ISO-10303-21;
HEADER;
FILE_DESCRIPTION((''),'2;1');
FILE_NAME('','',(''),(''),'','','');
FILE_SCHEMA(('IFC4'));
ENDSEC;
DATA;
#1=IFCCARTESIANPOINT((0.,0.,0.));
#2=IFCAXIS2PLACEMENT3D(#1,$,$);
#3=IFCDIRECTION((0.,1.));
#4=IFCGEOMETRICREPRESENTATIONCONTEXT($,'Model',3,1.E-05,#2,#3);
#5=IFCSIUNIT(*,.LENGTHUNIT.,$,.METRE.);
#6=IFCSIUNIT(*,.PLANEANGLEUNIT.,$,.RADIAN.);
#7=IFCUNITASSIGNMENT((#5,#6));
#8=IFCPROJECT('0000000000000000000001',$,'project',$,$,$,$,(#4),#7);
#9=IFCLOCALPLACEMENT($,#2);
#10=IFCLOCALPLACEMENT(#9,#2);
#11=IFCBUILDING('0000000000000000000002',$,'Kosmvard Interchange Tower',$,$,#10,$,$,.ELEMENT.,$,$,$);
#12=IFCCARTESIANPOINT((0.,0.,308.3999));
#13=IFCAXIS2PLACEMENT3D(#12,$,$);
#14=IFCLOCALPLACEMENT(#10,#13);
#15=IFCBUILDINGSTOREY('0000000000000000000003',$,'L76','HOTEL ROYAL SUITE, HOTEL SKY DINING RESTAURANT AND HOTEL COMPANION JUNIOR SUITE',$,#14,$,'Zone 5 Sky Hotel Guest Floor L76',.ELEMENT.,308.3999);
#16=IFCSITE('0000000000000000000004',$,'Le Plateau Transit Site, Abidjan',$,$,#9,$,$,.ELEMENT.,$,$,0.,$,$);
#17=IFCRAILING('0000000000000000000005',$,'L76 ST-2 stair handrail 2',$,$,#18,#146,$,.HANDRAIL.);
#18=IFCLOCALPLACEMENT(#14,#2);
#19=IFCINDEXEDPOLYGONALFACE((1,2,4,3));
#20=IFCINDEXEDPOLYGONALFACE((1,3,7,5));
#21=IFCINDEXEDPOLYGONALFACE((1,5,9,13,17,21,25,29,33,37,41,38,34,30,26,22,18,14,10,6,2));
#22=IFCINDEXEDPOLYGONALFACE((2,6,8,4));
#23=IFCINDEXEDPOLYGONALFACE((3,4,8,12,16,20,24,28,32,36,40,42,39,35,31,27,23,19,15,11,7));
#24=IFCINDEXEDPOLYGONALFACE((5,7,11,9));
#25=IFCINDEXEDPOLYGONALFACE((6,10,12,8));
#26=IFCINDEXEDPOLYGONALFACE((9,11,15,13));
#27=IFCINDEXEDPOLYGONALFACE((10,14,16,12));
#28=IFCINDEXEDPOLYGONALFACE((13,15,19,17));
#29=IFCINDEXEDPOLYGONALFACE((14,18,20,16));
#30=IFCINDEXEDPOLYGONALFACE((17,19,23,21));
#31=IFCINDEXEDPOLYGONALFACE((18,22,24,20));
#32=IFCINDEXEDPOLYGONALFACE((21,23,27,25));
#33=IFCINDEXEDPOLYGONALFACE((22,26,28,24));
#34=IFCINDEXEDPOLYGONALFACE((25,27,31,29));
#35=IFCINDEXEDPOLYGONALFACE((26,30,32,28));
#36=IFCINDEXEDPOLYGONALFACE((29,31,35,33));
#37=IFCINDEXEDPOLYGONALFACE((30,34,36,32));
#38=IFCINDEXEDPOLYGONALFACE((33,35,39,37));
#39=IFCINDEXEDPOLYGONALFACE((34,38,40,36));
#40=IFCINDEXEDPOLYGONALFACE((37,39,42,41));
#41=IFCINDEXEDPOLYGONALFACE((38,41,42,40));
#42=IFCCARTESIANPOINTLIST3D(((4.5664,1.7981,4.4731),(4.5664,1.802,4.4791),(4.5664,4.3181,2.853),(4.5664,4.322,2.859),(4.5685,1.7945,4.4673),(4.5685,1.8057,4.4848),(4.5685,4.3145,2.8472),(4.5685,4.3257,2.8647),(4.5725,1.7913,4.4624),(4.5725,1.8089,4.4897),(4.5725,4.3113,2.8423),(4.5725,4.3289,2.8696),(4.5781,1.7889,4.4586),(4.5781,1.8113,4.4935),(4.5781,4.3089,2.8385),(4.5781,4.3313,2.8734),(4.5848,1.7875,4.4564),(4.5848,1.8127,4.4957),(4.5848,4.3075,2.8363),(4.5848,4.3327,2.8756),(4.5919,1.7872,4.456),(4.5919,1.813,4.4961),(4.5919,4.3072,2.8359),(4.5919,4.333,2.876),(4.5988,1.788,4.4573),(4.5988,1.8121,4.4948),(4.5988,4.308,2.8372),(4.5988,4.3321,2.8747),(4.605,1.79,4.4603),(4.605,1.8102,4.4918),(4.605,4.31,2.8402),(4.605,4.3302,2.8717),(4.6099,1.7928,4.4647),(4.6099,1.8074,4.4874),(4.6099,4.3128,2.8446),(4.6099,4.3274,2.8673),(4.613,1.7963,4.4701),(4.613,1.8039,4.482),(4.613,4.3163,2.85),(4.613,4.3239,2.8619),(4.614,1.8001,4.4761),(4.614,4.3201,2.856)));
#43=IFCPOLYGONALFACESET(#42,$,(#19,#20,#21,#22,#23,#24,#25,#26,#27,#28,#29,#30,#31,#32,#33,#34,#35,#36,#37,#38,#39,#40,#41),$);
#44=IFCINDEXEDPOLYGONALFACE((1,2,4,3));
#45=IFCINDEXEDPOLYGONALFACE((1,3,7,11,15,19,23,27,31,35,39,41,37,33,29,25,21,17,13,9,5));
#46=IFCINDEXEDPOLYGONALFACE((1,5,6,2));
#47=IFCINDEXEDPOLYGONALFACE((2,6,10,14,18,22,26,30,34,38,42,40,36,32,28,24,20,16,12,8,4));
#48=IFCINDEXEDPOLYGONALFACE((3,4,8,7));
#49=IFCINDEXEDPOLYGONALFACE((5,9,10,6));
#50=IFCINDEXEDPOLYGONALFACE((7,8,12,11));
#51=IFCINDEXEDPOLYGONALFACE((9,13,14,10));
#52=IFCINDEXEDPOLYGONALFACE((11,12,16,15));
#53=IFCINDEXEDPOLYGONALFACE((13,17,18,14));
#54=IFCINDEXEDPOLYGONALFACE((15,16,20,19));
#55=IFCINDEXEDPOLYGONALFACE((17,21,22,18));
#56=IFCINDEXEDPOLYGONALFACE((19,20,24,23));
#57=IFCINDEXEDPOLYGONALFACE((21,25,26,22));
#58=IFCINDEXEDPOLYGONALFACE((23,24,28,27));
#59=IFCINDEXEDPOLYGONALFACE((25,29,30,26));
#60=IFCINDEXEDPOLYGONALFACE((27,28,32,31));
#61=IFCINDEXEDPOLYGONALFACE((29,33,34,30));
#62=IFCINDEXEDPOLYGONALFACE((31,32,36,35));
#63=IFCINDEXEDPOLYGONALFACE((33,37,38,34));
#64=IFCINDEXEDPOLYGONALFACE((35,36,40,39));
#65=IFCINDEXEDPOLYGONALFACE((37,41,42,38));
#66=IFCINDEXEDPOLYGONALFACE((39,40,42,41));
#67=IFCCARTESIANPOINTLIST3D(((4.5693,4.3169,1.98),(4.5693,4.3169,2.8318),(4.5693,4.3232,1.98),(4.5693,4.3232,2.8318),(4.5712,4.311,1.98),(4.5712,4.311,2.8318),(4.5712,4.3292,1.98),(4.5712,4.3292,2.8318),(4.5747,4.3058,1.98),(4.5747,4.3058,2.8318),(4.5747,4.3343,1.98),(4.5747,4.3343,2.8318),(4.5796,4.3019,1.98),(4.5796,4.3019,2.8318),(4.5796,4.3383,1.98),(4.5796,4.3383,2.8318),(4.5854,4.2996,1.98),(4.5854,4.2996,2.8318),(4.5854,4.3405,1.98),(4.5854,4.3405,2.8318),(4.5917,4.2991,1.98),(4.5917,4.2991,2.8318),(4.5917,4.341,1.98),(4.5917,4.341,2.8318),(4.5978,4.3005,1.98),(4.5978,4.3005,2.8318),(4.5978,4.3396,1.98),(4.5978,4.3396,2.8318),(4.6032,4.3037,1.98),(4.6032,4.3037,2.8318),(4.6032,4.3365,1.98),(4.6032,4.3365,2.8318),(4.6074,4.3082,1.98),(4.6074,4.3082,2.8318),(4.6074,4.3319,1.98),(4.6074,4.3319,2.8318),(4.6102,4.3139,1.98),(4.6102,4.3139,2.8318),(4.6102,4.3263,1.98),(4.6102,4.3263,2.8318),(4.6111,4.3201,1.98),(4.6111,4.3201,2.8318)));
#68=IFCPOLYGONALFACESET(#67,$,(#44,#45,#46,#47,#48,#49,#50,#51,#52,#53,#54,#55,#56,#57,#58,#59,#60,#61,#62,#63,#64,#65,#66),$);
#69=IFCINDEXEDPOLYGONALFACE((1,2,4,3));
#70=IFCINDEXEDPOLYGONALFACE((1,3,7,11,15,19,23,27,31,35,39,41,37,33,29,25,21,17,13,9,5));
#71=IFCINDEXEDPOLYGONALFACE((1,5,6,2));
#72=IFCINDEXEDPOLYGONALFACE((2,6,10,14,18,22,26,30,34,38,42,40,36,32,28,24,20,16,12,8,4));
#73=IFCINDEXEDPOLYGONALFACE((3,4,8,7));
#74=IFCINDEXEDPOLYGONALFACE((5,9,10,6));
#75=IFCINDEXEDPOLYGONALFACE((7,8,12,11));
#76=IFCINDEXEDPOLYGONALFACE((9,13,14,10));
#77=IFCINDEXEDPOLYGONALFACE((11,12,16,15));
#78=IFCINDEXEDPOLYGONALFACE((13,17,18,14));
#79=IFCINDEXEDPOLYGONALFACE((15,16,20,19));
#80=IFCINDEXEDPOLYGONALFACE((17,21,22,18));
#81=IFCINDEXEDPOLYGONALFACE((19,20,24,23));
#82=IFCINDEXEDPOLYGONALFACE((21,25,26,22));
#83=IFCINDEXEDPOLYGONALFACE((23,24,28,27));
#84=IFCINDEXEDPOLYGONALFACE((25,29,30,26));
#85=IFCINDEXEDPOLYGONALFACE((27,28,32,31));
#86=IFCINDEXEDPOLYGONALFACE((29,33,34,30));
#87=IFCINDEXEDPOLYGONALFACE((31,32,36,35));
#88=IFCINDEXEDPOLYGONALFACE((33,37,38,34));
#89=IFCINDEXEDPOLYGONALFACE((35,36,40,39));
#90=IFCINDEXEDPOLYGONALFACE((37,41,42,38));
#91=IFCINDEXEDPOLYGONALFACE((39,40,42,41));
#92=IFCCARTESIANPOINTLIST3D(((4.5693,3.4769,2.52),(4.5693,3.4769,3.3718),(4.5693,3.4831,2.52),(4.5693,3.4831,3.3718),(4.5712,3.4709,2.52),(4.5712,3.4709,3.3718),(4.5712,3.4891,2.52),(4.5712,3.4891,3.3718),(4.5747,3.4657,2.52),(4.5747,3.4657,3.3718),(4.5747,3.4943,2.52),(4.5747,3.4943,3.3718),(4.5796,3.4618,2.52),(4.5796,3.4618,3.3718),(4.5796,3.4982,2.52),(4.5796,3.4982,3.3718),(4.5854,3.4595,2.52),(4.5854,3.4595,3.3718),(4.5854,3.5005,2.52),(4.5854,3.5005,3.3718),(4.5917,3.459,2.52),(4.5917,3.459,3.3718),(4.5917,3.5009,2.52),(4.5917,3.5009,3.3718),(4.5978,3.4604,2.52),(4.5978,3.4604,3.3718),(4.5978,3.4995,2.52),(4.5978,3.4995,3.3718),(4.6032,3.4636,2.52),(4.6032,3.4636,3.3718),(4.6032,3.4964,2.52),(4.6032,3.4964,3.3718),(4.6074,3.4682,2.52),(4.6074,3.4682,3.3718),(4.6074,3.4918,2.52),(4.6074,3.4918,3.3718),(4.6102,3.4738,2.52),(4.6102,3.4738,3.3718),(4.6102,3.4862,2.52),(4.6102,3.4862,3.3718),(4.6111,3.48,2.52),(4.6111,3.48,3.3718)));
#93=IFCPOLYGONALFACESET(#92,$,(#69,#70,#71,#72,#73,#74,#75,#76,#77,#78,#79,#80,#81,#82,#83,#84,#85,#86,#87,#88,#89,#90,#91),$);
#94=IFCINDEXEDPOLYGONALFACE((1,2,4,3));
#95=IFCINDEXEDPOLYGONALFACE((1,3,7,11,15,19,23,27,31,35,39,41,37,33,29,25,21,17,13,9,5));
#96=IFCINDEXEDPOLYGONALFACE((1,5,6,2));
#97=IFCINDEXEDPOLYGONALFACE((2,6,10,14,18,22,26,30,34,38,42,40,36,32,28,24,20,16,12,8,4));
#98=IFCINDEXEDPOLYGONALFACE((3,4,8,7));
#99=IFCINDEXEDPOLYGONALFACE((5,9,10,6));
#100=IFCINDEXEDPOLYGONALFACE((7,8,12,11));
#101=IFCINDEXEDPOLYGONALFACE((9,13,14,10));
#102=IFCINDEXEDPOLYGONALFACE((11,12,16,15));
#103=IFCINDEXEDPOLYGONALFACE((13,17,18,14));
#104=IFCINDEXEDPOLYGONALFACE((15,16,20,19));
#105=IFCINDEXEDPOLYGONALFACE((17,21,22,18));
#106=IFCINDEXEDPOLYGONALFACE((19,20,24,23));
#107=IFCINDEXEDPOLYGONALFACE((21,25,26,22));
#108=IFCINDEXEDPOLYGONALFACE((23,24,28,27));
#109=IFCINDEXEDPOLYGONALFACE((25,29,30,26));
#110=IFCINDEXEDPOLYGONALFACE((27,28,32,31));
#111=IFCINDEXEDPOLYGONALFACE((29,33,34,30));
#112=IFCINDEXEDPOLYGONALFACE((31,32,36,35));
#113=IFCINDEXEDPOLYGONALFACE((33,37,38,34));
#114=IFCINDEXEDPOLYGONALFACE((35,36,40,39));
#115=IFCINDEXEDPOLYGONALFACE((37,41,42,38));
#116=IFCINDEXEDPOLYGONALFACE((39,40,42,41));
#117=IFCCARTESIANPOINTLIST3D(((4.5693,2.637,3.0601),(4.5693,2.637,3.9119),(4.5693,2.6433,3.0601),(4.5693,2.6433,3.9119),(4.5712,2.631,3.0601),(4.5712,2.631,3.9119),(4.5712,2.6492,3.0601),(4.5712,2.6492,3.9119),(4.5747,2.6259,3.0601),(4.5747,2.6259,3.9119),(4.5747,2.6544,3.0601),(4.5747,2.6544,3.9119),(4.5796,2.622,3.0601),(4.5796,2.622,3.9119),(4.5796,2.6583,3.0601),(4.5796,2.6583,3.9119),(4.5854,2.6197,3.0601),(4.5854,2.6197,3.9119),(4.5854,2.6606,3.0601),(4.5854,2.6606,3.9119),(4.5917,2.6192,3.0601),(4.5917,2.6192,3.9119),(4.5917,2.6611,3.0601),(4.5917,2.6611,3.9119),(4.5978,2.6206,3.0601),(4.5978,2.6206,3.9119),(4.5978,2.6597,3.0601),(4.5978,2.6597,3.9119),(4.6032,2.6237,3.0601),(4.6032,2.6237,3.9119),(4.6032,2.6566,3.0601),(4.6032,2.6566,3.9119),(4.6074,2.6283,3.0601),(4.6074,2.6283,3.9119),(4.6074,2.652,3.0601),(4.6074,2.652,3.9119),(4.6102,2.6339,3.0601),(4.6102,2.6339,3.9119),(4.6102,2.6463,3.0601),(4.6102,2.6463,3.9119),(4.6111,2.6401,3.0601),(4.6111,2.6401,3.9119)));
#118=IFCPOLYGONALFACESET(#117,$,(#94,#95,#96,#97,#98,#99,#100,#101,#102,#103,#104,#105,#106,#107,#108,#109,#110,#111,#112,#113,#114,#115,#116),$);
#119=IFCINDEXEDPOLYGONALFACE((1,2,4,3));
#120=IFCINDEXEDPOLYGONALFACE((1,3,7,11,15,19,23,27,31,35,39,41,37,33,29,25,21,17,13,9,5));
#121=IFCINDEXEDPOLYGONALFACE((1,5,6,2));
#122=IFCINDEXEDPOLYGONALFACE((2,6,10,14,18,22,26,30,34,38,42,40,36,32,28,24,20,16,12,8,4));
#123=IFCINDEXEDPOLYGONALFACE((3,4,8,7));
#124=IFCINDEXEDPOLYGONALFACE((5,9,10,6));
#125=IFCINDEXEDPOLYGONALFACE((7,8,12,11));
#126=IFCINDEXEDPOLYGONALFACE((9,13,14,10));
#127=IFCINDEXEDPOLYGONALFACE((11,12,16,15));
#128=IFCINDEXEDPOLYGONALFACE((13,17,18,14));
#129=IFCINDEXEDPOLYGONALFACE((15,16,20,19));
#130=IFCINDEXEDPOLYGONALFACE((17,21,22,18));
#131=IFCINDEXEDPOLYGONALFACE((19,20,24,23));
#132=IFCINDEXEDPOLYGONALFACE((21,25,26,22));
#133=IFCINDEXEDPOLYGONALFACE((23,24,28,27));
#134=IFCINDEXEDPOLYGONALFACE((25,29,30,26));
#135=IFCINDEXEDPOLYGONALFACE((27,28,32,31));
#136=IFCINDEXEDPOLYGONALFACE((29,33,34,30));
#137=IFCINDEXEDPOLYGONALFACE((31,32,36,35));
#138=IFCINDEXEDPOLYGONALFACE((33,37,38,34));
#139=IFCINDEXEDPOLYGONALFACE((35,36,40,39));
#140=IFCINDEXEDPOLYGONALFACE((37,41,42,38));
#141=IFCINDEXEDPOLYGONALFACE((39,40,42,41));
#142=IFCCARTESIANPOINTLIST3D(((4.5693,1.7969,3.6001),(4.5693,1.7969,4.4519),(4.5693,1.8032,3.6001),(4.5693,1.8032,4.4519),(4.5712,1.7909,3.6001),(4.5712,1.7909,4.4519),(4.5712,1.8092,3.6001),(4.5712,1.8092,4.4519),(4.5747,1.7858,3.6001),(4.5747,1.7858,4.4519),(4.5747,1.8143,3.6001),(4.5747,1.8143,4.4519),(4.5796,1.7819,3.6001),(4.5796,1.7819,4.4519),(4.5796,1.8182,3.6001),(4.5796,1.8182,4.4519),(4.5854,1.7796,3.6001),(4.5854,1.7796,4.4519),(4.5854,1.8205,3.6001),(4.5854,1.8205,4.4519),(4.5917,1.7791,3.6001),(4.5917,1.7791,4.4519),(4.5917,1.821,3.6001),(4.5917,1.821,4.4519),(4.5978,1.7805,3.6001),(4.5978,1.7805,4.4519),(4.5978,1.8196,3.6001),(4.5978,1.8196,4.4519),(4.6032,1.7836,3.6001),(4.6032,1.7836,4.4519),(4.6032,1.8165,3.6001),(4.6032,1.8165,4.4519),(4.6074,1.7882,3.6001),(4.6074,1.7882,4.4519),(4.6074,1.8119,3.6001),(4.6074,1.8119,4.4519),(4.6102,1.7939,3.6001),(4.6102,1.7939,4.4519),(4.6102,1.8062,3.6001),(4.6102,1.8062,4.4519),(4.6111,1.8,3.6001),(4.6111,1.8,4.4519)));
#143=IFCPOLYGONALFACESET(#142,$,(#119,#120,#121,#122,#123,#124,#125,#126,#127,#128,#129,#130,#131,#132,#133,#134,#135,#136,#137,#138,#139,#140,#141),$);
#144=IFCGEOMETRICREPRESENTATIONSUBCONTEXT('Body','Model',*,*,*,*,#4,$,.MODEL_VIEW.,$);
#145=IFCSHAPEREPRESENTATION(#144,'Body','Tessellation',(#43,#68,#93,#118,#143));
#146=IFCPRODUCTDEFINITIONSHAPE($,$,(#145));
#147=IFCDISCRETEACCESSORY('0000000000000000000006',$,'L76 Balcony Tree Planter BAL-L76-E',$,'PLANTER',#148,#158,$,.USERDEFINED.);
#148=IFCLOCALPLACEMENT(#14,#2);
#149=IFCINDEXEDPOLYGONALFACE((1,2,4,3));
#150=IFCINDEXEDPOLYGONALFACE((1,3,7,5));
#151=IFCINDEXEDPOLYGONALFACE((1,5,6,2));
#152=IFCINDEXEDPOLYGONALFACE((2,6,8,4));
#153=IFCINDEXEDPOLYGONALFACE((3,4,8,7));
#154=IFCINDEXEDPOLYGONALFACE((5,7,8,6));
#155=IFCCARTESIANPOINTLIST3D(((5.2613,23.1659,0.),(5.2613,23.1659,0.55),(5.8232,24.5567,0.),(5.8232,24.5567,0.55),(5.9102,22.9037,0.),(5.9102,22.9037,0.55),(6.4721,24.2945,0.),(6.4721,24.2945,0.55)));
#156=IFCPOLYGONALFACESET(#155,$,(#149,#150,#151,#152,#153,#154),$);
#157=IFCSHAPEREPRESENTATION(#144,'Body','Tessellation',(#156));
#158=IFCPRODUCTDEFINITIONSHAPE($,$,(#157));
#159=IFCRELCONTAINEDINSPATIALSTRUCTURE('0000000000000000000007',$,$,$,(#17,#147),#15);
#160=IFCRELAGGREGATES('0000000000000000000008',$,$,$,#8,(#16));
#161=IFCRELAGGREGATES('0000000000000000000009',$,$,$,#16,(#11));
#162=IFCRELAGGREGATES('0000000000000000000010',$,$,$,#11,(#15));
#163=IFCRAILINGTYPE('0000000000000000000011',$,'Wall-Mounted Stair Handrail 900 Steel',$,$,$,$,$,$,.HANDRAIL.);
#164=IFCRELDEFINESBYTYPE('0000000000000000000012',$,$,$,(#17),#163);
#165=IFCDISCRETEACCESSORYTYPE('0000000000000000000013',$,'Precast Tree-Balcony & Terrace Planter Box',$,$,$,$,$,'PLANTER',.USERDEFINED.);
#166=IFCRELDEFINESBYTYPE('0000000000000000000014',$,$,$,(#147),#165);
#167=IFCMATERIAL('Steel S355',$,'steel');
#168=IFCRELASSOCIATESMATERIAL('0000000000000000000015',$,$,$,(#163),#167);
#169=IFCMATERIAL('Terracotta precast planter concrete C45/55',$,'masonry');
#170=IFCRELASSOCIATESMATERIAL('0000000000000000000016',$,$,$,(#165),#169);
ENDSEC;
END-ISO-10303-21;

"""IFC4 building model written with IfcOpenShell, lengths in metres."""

from ifc_helpers import new_model, si_unit, direction, frame, origin, origin_2d, place, context, subcontext, project, spatial, rectangle, circle, extrude, source, transform, mapped, material, type_object, element, save


model = new_model("IFC4")

# Units and contexts
model_context = context("Model", 3, precision=1e-05, world=origin(), true_north=direction((0.0, 1.0)))
body_context = subcontext(model_context, "Body", "Model", "MODEL_VIEW")
ifc_project = project(units=[si_unit("LENGTHUNIT", "METRE"), si_unit("PLANEANGLEUNIT", "RADIAN")], contexts=[model_context])

# Site, building, storey
site_placement = place(None, origin())
site = spatial("IfcSite", under=ifc_project, at=site_placement, Name="Le Plateau Transit Site, Abidjan", CompositionType="ELEMENT", RefElevation=0.0)
building_placement = place(site_placement, origin())
building = spatial("IfcBuilding", under=site, at=building_placement, Name="Kosmvard Interchange Tower", CompositionType="ELEMENT")
storey_placement = place(building_placement, frame((0.0, 0.0, 308.3999)))
storey = spatial("IfcBuildingStorey", under=building, at=storey_placement, Name="L76", Description="HOTEL ROYAL SUITE, HOTEL SKY DINING RESTAURANT AND HOTEL COMPANION JUNIOR SUITE", LongName="Zone 5 Sky Hotel Guest Floor L76", CompositionType="ELEMENT", Elevation=308.3999)

# Shared definitions
ifc_material_1 = material(Name="Steel S355", Category="steel")

# Railing
railing_type_1 = type_object("IfcRailingType", Name="Wall-Mounted Stair Handrail 900 Steel", PredefinedType="HANDRAIL", material=ifc_material_1)
shared_shape_1 = source(origin(), body_context, "Body", "SweptSolid", [
    extrude(circle(Radius=0.0239, at=origin_2d()), frame((0.0, 0.0, 0.876), z_axis=(0.0, -0.841163, 0.540782), x_axis=(1.0, 0.0, 0.0)), (0.0, 0.0, 1.0), 2.9958),
    extrude(circle(Radius=0.021, at=origin_2d()), origin(), (0.0, 0.0, 1.0), 0.8518),
    extrude(circle(Radius=0.021, at=origin_2d()), frame((0.0, -0.8401, 0.54)), (0.0, 0.0, 1.0), 0.8518),
    extrude(circle(Radius=0.021, at=origin_2d()), frame((0.0, -1.6799, 1.0801)), (0.0, 0.0, 1.0), 0.8518),
    extrude(circle(Radius=0.021, at=origin_2d()), frame((0.0, -2.52, 1.6201)), (0.0, 0.0, 1.0), 0.8518),
])
railing_1_placement = place(storey_placement, frame((4.5901, 4.3201, 1.98)))
element("IfcRailing", 1, at=railing_1_placement, inside=storey, type_object=railing_type_1, Name="L76 ST-2 stair handrail 2", PredefinedType="HANDRAIL", context=body_context, shape_type="MappedRepresentation", body=[
    mapped(shared_shape_1, transform((0.0, 0.0, 0.0), scale=1.0)),
])

# Discrete accessory
ifc_material_2 = material(Name="Terracotta precast planter concrete C45/55", Category="masonry")
discrete_accessory_type = type_object("IfcDiscreteAccessoryType", Name="Precast Tree-Balcony & Terrace Planter Box", ElementType="PLANTER", PredefinedType="USERDEFINED", material=ifc_material_2)
shared_shape_2 = source(origin(), body_context, "Body", "SweptSolid", [
    extrude(rectangle(XDim=1.5, YDim=0.7, at=origin_2d()), origin(), (0.0, 0.0, 1.0), 0.55),
])
discrete_accessory_placement = place(storey_placement, frame((5.8667, 23.7302, 0.0), z_axis=(0.0, 0.0, 1.0), x_axis=(0.374607, 0.927184, 0.0)))
element("IfcDiscreteAccessory", 2, at=discrete_accessory_placement, inside=storey, type_object=discrete_accessory_type, Name="L76 Balcony Tree Planter BAL-L76-E", ObjectType="PLANTER", PredefinedType="USERDEFINED", context=body_context, shape_type="MappedRepresentation", body=[
    mapped(shared_shape_2, transform((0.0, 0.0, 0.0), scale=1.0)),
])

save(model, "model.ifc")
